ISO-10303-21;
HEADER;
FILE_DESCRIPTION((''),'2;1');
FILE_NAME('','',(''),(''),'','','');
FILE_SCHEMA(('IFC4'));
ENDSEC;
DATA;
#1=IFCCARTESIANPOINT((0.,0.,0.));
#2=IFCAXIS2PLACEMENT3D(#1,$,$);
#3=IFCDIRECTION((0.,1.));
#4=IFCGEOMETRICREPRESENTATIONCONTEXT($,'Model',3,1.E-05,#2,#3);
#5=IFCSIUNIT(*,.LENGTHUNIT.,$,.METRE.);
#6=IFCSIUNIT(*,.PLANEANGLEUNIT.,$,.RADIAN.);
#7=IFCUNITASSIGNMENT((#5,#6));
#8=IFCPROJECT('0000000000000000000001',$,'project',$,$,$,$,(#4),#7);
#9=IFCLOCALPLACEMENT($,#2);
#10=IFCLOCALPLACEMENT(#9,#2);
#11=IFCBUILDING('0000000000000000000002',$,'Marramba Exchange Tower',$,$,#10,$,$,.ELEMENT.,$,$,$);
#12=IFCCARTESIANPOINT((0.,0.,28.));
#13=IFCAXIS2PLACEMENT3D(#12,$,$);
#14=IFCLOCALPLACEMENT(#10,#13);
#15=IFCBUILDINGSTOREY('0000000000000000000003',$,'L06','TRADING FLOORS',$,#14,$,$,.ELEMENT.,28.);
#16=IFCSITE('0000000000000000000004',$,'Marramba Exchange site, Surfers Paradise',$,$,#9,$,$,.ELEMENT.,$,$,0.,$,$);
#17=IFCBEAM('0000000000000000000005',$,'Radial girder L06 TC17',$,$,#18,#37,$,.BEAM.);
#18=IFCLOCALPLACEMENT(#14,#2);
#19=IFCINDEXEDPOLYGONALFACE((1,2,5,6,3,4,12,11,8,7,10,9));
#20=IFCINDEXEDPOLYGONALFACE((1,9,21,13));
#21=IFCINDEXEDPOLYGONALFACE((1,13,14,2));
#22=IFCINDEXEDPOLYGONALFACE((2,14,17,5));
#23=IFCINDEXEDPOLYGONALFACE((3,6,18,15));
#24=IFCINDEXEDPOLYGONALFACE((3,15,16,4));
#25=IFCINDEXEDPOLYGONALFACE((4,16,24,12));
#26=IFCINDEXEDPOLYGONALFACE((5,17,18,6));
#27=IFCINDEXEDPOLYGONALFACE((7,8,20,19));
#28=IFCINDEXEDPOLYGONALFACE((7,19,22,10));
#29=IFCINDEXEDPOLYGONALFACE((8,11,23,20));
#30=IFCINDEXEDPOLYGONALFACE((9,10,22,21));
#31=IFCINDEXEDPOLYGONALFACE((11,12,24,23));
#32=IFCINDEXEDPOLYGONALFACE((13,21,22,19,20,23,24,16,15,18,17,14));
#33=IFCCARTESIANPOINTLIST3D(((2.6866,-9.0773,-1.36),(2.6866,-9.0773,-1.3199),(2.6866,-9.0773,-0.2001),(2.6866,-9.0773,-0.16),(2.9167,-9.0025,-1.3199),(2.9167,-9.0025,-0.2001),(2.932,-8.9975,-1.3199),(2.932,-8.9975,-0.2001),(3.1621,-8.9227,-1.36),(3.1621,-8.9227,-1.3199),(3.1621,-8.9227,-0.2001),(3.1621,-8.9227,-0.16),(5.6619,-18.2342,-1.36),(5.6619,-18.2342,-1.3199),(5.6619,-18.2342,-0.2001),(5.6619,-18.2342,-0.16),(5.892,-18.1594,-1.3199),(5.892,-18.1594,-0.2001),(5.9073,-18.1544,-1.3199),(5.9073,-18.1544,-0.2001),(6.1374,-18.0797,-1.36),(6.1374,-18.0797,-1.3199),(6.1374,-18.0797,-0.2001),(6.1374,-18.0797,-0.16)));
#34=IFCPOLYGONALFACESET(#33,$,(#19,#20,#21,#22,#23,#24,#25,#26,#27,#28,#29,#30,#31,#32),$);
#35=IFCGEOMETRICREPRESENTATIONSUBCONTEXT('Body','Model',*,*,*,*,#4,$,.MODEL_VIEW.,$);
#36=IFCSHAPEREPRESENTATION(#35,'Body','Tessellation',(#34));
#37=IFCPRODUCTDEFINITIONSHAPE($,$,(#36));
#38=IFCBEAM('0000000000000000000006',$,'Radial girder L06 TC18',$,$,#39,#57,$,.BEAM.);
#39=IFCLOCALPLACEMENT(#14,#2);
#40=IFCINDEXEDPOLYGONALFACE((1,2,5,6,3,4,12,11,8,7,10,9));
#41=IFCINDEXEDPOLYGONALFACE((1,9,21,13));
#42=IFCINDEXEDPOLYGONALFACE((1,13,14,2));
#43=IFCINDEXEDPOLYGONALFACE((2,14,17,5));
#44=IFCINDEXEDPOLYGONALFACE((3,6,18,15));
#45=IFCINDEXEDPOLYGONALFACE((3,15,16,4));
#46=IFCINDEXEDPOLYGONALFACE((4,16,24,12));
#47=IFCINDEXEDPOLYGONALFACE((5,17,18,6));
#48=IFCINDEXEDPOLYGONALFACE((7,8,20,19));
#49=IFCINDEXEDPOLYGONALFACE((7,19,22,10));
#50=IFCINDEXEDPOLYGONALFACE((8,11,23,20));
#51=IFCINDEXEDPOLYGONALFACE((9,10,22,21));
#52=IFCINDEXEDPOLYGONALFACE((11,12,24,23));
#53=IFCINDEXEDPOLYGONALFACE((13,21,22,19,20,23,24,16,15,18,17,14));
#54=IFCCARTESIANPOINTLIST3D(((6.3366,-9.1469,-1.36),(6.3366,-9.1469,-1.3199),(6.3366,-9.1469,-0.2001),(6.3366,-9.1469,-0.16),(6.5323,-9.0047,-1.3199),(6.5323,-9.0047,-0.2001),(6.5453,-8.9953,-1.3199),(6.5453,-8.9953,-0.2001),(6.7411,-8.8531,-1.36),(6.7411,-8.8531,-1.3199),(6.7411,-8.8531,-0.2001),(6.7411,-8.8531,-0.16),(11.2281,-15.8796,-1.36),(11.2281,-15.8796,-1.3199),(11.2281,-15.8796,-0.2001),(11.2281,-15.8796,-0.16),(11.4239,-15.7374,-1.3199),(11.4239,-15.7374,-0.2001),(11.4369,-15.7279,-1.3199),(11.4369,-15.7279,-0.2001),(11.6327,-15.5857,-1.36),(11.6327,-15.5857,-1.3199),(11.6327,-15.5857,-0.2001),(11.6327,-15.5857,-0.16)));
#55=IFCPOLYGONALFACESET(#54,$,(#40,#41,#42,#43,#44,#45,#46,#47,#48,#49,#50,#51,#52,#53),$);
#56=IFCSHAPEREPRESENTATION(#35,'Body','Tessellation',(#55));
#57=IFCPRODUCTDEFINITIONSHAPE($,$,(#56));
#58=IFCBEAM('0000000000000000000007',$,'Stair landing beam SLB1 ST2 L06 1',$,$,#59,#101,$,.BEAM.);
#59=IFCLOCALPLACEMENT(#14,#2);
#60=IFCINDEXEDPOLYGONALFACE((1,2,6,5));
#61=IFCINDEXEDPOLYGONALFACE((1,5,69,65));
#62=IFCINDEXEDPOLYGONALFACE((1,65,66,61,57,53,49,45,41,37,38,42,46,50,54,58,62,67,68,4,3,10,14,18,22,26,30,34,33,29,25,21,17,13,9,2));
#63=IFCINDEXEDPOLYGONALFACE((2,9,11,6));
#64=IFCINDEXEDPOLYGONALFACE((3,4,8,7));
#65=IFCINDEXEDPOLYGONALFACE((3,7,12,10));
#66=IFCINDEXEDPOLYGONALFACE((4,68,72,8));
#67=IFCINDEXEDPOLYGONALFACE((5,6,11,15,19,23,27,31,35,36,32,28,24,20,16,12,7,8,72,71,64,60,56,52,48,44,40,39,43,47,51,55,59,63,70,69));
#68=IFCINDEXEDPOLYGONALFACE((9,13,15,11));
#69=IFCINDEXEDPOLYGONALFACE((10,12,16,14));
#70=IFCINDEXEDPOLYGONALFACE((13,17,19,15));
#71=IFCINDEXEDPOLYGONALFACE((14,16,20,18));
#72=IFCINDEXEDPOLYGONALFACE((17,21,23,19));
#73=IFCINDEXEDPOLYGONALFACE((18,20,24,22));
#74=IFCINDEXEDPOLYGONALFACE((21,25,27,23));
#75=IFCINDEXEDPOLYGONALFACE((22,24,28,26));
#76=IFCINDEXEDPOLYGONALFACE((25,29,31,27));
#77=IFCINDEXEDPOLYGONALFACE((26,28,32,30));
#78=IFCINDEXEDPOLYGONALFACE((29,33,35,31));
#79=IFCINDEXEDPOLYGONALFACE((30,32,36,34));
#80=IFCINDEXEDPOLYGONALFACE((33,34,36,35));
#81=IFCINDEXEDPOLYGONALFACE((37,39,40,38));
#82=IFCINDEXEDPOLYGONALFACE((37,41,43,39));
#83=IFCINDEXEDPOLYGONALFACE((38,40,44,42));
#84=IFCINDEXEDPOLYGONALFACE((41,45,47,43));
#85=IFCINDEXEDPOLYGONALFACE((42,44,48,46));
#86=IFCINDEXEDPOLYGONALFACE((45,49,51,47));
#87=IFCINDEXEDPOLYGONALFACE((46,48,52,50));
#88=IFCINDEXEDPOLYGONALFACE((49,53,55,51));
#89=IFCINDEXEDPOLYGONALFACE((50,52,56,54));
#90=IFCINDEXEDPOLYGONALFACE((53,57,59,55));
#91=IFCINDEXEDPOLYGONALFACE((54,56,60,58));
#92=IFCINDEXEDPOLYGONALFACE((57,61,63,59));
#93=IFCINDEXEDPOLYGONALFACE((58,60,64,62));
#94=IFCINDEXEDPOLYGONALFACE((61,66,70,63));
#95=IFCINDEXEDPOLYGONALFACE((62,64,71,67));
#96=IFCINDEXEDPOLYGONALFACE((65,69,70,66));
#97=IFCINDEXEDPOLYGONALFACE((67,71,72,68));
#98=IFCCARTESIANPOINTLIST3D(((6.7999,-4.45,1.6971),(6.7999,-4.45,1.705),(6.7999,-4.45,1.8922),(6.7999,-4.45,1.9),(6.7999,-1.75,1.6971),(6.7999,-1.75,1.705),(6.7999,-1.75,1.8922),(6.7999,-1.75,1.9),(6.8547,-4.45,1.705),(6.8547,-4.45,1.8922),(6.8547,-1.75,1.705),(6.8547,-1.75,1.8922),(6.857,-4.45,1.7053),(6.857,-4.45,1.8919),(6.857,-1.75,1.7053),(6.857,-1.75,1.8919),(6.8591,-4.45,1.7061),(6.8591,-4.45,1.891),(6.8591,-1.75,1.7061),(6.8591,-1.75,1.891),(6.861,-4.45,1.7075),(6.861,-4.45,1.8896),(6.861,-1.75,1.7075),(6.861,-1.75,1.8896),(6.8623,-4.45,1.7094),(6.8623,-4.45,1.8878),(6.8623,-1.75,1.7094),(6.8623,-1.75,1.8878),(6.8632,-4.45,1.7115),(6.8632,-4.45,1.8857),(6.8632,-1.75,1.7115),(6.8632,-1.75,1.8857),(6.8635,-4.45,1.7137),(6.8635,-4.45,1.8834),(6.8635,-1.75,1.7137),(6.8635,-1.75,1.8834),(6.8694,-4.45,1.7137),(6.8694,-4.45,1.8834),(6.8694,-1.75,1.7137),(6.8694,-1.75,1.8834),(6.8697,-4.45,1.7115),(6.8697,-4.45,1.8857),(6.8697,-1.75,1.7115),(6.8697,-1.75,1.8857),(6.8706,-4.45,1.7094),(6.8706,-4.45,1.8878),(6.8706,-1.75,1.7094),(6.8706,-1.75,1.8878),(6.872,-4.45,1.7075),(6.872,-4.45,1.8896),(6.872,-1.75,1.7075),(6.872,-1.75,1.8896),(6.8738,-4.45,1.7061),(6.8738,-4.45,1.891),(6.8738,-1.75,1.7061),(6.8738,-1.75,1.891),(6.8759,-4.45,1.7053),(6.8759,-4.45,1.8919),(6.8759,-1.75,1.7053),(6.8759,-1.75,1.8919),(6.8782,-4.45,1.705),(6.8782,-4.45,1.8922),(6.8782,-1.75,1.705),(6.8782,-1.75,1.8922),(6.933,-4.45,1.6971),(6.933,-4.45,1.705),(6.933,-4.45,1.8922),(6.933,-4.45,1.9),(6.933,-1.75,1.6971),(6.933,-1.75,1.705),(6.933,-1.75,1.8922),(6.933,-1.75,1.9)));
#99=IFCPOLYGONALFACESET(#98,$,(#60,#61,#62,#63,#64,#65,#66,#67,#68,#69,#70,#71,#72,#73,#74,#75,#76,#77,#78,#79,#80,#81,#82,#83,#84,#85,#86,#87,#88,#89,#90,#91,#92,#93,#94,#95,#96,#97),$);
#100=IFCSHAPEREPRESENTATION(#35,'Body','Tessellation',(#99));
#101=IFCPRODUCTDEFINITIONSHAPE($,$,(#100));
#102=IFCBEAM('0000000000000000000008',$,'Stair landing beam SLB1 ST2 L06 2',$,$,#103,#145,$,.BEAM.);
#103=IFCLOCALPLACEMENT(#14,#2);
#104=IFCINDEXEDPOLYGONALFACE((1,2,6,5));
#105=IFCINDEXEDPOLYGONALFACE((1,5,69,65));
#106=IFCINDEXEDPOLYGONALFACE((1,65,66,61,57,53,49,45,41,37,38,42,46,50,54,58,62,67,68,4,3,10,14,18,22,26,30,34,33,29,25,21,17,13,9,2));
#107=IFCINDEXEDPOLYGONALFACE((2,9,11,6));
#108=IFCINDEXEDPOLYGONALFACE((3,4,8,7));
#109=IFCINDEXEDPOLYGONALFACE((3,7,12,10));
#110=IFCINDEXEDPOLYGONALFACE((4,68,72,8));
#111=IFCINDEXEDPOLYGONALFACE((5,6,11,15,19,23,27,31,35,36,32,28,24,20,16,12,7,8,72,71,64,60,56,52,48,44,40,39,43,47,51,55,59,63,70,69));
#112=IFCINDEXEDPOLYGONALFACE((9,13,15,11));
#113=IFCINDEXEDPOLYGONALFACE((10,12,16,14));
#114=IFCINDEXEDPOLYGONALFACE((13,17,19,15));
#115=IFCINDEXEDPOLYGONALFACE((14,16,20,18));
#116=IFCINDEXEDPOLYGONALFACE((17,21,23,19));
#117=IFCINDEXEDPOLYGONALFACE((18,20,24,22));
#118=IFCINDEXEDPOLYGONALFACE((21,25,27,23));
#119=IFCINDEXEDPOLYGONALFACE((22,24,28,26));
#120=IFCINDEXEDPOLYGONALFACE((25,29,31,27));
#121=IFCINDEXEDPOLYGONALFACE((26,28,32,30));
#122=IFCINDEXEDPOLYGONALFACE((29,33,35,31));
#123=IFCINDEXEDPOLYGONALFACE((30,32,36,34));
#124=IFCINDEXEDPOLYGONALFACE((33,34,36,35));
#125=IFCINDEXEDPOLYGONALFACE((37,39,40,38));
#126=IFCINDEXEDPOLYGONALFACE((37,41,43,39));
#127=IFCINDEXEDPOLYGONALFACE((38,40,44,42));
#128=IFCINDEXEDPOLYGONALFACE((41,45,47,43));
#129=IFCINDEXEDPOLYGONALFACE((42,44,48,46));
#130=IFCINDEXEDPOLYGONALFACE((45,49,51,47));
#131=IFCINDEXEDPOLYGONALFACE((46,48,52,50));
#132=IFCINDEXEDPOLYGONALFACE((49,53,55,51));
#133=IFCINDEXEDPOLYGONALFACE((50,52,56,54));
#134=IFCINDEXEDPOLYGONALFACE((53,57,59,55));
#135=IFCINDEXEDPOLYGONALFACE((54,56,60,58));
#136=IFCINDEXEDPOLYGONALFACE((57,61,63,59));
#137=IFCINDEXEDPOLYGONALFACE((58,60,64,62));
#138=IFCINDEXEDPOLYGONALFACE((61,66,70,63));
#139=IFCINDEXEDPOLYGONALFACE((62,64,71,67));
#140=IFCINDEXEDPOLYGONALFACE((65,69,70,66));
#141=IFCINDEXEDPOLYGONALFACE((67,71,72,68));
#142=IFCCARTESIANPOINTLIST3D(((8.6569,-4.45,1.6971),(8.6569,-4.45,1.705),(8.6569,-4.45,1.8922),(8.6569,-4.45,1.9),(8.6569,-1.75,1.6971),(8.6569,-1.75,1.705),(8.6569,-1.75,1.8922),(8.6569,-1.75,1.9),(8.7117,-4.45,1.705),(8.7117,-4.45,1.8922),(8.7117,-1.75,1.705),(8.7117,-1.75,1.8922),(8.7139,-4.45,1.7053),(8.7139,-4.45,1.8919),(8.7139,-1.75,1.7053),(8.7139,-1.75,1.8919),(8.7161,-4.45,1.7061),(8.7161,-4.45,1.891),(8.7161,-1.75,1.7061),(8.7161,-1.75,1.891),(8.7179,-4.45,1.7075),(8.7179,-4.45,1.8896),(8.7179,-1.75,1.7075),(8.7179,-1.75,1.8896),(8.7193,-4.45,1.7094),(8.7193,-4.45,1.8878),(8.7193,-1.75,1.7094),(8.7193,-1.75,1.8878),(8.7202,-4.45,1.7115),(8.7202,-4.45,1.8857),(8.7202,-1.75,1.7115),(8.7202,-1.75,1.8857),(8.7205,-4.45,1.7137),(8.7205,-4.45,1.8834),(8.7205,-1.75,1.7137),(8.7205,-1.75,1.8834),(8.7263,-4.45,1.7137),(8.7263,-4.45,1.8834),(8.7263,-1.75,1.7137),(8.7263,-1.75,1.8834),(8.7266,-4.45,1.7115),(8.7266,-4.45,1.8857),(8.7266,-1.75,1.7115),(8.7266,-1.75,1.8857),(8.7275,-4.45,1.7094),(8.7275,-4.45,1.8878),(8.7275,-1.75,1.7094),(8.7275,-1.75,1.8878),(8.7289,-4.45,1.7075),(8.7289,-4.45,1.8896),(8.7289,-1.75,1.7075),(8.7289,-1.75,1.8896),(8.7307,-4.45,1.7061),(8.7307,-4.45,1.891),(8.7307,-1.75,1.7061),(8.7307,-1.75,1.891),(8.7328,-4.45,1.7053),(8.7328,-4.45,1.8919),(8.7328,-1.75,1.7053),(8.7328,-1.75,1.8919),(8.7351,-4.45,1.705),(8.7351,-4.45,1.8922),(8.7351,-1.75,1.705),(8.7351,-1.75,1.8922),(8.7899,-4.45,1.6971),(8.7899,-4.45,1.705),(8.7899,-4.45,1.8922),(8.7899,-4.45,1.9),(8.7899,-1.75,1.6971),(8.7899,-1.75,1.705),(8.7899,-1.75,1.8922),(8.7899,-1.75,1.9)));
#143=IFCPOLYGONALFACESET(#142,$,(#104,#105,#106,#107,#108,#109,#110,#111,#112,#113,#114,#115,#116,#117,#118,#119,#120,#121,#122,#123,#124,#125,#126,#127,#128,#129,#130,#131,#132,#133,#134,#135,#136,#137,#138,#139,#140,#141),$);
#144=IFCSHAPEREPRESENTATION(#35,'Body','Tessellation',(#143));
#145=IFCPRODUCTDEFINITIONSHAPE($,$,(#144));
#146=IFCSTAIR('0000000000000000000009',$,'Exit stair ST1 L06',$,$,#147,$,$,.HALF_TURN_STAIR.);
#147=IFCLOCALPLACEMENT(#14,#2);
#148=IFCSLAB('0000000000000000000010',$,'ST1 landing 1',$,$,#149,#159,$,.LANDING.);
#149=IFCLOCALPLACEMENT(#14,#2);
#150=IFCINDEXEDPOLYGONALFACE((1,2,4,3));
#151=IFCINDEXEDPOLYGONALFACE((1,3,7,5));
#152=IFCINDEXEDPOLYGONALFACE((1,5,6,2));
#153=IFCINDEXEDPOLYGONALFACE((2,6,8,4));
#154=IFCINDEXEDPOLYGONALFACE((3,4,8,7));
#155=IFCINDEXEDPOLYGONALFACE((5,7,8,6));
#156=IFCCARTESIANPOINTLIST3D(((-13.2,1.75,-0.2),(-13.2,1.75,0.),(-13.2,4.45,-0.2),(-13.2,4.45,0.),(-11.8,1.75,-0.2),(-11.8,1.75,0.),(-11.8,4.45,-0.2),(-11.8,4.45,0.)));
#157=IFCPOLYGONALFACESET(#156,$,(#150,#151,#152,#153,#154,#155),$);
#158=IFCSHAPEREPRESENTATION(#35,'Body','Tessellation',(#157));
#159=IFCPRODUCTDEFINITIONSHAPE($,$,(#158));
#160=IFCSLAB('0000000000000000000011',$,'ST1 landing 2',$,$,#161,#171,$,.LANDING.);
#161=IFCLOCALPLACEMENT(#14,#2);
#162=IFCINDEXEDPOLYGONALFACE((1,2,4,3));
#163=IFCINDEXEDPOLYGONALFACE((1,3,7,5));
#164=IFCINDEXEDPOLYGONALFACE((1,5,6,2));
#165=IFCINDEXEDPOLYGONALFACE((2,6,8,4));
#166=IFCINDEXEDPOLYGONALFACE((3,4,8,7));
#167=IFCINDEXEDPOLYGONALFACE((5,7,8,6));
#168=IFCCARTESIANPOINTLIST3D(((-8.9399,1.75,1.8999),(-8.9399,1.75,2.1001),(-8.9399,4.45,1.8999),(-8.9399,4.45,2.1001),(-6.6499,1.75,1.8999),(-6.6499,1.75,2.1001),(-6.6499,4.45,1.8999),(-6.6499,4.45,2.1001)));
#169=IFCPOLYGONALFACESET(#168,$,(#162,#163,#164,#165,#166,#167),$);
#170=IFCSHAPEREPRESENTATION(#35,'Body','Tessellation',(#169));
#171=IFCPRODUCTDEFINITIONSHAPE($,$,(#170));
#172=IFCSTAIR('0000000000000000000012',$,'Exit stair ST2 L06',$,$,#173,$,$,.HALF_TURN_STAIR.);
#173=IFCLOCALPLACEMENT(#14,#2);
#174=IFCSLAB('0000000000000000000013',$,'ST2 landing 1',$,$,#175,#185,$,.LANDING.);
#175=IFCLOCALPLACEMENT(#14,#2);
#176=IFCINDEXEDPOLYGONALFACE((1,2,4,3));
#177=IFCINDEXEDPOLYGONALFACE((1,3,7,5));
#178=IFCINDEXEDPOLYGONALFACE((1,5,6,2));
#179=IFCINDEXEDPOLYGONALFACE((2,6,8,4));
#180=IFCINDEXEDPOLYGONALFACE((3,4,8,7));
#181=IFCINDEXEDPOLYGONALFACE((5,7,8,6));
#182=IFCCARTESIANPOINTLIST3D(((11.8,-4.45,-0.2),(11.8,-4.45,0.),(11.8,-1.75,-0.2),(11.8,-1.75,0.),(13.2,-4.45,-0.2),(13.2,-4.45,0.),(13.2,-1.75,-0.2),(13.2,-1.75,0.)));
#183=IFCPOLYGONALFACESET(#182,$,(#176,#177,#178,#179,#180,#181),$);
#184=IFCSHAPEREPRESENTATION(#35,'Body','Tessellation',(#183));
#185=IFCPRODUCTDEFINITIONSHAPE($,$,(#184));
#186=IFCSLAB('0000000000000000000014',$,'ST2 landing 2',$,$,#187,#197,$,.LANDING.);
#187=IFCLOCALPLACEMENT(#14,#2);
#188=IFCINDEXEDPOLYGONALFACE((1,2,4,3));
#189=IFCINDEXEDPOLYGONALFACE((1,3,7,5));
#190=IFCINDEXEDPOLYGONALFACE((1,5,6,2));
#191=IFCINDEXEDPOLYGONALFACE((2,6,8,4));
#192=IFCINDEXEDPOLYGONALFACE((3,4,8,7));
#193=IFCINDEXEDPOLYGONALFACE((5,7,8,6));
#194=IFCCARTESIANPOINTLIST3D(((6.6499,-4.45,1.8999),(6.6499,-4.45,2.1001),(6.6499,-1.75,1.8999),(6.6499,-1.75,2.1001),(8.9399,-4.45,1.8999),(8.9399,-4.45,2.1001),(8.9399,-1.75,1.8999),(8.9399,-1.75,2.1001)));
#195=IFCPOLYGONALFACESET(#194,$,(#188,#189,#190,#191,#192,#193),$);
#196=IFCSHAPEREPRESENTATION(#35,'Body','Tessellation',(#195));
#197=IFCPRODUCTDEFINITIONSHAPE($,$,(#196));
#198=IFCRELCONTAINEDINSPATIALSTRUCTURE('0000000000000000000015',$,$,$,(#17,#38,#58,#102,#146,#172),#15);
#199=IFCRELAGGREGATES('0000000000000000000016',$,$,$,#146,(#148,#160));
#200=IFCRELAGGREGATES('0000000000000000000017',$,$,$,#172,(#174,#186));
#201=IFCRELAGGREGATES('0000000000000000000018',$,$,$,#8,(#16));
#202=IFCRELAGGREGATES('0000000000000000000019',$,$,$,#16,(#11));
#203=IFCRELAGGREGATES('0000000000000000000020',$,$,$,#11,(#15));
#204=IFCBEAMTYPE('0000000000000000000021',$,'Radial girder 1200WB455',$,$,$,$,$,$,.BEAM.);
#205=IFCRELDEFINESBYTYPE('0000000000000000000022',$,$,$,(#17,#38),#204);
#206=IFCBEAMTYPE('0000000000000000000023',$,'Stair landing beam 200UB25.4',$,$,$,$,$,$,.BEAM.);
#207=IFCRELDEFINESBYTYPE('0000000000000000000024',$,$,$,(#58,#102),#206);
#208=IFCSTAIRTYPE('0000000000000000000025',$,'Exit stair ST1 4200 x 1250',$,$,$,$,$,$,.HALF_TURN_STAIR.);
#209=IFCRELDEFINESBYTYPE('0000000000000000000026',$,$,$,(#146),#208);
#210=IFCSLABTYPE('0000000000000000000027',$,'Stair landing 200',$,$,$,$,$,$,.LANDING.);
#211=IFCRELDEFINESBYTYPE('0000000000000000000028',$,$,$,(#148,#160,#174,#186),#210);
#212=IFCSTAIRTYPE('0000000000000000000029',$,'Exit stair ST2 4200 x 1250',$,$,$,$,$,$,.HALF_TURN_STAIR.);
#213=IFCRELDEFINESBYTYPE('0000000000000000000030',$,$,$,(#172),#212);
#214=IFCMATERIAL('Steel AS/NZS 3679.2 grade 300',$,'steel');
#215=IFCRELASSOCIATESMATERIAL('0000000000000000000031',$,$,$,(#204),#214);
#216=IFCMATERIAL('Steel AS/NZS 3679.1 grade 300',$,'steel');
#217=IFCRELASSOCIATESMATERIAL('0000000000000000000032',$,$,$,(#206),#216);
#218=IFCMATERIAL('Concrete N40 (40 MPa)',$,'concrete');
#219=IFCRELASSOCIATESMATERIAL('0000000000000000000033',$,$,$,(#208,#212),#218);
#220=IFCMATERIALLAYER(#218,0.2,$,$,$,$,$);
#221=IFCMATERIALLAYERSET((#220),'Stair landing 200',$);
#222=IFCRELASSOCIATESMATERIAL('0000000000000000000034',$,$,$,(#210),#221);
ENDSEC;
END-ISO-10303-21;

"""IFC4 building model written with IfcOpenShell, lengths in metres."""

from ifc_helpers import new_model, si_unit, direction, frame, origin, origin_2d, place, context, subcontext, project, spatial, polyline, i_section, outline, extrude, material, layer, layer_set, material_profile, profile_set, type_object, element, aggregate, save


model = new_model("IFC4")

# Units and contexts
model_context = context("Model", 3, precision=1e-05, world=origin(), true_north=direction((0.0, 1.0)))
body_context = subcontext(model_context, "Body", "Model", "MODEL_VIEW")
ifc_project = project(units=[si_unit("LENGTHUNIT", "METRE"), si_unit("PLANEANGLEUNIT", "RADIAN")], contexts=[model_context])

# Site, building, storey
site_placement = place(None, origin())
site = spatial("IfcSite", under=ifc_project, at=site_placement, Name="Marramba Exchange site, Surfers Paradise", CompositionType="ELEMENT", RefElevation=0.0)
building_placement = place(site_placement, origin())
building = spatial("IfcBuilding", under=site, at=building_placement, Name="Marramba Exchange Tower", CompositionType="ELEMENT")
storey_placement = place(building_placement, frame((0.0, 0.0, 28.0)))
storey = spatial("IfcBuildingStorey", under=building, at=storey_placement, Name="L06", Description="TRADING FLOORS", CompositionType="ELEMENT", Elevation=28.0)

# Beams
ifc_material_1 = material(Name="Steel AS/NZS 3679.2 grade 300", Category="steel")
ifc_material_profile_1 = material_profile(ifc_material_1, i_section(OverallWidth=0.5, OverallDepth=1.2, WebThickness=0.0161, FlangeThickness=0.04, at=origin_2d()), Name="1200WB455")
ifc_profile_set_1 = profile_set([ifc_material_profile_1], Name="Steel AS/NZS 3679.2 grade 300")
beam_type_1 = type_object("IfcBeamType", Name="Radial girder 1200WB455", PredefinedType="BEAM", material=ifc_profile_set_1)
beam_1_placement = place(storey_placement, frame((2.9243, -9.0, -0.76), z_axis=(0.309022, -0.951055, 0.0), x_axis=(0.951055, 0.309022, 0.0)))
element("IfcBeam", 1, at=beam_1_placement, inside=storey, type_object=beam_type_1, Name="Radial girder L06 TC17", PredefinedType="BEAM", context=body_context, shape_type="SweptSolid", body=[
    extrude(i_section(OverallWidth=0.5, OverallDepth=1.2, WebThickness=0.0161, FlangeThickness=0.04, at=origin_2d()), origin(), (0.0, 0.0, 1.0), 9.6282),
])
beam_2_placement = place(storey_placement, frame((6.5388, -9.0, -0.76), z_axis=(0.587788, -0.809015, 0.0), x_axis=(0.809015, 0.587788, 0.0)))
element("IfcBeam", 2, at=beam_2_placement, inside=storey, type_object=beam_type_1, Name="Radial girder L06 TC18", PredefinedType="BEAM", context=body_context, shape_type="SweptSolid", body=[
    extrude(i_section(OverallWidth=0.5, OverallDepth=1.2, WebThickness=0.0161, FlangeThickness=0.04, at=origin_2d()), origin(), (0.0, 0.0, 1.0), 8.322),
])
ifc_material_2 = material(Name="Steel AS/NZS 3679.1 grade 300", Category="steel")
ifc_material_profile_2 = material_profile(ifc_material_2, i_section(OverallWidth=0.1331, OverallDepth=0.2029, WebThickness=0.0059, FlangeThickness=0.0078, FilletRadius=0.0088, at=origin_2d()), Name="200UB25.4")
ifc_profile_set_2 = profile_set([ifc_material_profile_2], Name="Steel AS/NZS 3679.1 grade 300")
beam_type_2 = type_object("IfcBeamType", Name="Stair landing beam 200UB25.4", PredefinedType="BEAM", material=ifc_profile_set_2)
for number, where, z_axis, x_axis, name in (
    (3, (6.8665, -4.45, 1.7986), (0.0, 1.0, 0.0), (-1.0, 0.0, 0.0), "Stair landing beam SLB1 ST2 L06 1"),
    (4, (8.7234, -4.45, 1.7986), (0.0, 1.0, 0.0), (-1.0, 0.0, 0.0), "Stair landing beam SLB1 ST2 L06 2"),
):
    element("IfcBeam", number, at=place(storey_placement, frame(where, z_axis=z_axis, x_axis=x_axis)), inside=storey, type_object=beam_type_2, Name=name, PredefinedType="BEAM", context=body_context, shape_type="SweptSolid", body=[
        extrude(i_section(OverallWidth=0.1331, OverallDepth=0.2029, WebThickness=0.0059, FlangeThickness=0.0078, FilletRadius=0.0088, at=origin_2d()), origin(), (0.0, 0.0, 1.0), 2.7),
    ])

# Stairs, slabs
ifc_material_3 = material(Name="Concrete N40 (40 MPa)", Category="concrete")
stair_type_1 = type_object("IfcStairType", Name="Exit stair ST1 4200 x 1250", PredefinedType="HALF_TURN_STAIR", material=ifc_material_3)
stair_1_placement = place(storey_placement, origin())
stair_1 = element("IfcStair", 5, at=stair_1_placement, inside=storey, type_object=stair_type_1, Name="Exit stair ST1 L06", PredefinedType="HALF_TURN_STAIR")
ifc_layer_1 = layer(ifc_material_3, 0.2)
ifc_layer_set_1 = layer_set([ifc_layer_1], Name="Stair landing 200")
slab_type = type_object("IfcSlabType", Name="Stair landing 200", PredefinedType="LANDING", material=ifc_layer_set_1)
slab_1_placement = place(storey_placement, frame((0.0, 0.0, -0.2)))
slab_1 = element("IfcSlab", 6, at=slab_1_placement, type_object=slab_type, Name="ST1 landing 1", PredefinedType="LANDING", context=body_context, shape_type="SweptSolid", body=[
    extrude(outline(polyline([(-13.2, 1.75), (-11.8, 1.75), (-11.8, 4.45), (-13.2, 4.45), (-13.2, 1.75)])), origin(), (0.0, 0.0, 1.0), 0.2),
])
slab_2_placement = place(storey_placement, frame((0.0, 0.0, 1.8999)))
slab_2 = element("IfcSlab", 7, at=slab_2_placement, type_object=slab_type, Name="ST1 landing 2", PredefinedType="LANDING", context=body_context, shape_type="SweptSolid", body=[
    extrude(outline(polyline([(-8.9399, 1.75), (-6.6499, 1.75), (-6.6499, 4.45), (-8.9399, 4.45), (-8.9399, 1.75)])), origin(), (0.0, 0.0, 1.0), 0.2002),
])
aggregate(stair_1, [slab_1, slab_2])
stair_type_2 = type_object("IfcStairType", Name="Exit stair ST2 4200 x 1250", PredefinedType="HALF_TURN_STAIR", material=ifc_material_3)
stair_2_placement = place(storey_placement, origin())
stair_2 = element("IfcStair", 8, at=stair_2_placement, inside=storey, type_object=stair_type_2, Name="Exit stair ST2 L06", PredefinedType="HALF_TURN_STAIR")
slab_3_placement = place(storey_placement, frame((0.0, 0.0, -0.2)))
slab_3 = element("IfcSlab", 9, at=slab_3_placement, type_object=slab_type, Name="ST2 landing 1", PredefinedType="LANDING", context=body_context, shape_type="SweptSolid", body=[
    extrude(outline(polyline([(11.8, -4.45), (13.2, -4.45), (13.2, -1.75), (11.8, -1.75), (11.8, -4.45)])), origin(), (0.0, 0.0, 1.0), 0.2),
])
slab_4_placement = place(storey_placement, frame((0.0, 0.0, 1.8999)))
slab_4 = element("IfcSlab", 10, at=slab_4_placement, type_object=slab_type, Name="ST2 landing 2", PredefinedType="LANDING", context=body_context, shape_type="SweptSolid", body=[
    extrude(outline(polyline([(6.6499, -4.45), (8.9399, -4.45), (8.9399, -1.75), (6.6499, -1.75), (6.6499, -4.45)])), origin(), (0.0, 0.0, 1.0), 0.2002),
])

aggregate(stair_2, [slab_3, slab_4])

save(model, "model.ifc")
